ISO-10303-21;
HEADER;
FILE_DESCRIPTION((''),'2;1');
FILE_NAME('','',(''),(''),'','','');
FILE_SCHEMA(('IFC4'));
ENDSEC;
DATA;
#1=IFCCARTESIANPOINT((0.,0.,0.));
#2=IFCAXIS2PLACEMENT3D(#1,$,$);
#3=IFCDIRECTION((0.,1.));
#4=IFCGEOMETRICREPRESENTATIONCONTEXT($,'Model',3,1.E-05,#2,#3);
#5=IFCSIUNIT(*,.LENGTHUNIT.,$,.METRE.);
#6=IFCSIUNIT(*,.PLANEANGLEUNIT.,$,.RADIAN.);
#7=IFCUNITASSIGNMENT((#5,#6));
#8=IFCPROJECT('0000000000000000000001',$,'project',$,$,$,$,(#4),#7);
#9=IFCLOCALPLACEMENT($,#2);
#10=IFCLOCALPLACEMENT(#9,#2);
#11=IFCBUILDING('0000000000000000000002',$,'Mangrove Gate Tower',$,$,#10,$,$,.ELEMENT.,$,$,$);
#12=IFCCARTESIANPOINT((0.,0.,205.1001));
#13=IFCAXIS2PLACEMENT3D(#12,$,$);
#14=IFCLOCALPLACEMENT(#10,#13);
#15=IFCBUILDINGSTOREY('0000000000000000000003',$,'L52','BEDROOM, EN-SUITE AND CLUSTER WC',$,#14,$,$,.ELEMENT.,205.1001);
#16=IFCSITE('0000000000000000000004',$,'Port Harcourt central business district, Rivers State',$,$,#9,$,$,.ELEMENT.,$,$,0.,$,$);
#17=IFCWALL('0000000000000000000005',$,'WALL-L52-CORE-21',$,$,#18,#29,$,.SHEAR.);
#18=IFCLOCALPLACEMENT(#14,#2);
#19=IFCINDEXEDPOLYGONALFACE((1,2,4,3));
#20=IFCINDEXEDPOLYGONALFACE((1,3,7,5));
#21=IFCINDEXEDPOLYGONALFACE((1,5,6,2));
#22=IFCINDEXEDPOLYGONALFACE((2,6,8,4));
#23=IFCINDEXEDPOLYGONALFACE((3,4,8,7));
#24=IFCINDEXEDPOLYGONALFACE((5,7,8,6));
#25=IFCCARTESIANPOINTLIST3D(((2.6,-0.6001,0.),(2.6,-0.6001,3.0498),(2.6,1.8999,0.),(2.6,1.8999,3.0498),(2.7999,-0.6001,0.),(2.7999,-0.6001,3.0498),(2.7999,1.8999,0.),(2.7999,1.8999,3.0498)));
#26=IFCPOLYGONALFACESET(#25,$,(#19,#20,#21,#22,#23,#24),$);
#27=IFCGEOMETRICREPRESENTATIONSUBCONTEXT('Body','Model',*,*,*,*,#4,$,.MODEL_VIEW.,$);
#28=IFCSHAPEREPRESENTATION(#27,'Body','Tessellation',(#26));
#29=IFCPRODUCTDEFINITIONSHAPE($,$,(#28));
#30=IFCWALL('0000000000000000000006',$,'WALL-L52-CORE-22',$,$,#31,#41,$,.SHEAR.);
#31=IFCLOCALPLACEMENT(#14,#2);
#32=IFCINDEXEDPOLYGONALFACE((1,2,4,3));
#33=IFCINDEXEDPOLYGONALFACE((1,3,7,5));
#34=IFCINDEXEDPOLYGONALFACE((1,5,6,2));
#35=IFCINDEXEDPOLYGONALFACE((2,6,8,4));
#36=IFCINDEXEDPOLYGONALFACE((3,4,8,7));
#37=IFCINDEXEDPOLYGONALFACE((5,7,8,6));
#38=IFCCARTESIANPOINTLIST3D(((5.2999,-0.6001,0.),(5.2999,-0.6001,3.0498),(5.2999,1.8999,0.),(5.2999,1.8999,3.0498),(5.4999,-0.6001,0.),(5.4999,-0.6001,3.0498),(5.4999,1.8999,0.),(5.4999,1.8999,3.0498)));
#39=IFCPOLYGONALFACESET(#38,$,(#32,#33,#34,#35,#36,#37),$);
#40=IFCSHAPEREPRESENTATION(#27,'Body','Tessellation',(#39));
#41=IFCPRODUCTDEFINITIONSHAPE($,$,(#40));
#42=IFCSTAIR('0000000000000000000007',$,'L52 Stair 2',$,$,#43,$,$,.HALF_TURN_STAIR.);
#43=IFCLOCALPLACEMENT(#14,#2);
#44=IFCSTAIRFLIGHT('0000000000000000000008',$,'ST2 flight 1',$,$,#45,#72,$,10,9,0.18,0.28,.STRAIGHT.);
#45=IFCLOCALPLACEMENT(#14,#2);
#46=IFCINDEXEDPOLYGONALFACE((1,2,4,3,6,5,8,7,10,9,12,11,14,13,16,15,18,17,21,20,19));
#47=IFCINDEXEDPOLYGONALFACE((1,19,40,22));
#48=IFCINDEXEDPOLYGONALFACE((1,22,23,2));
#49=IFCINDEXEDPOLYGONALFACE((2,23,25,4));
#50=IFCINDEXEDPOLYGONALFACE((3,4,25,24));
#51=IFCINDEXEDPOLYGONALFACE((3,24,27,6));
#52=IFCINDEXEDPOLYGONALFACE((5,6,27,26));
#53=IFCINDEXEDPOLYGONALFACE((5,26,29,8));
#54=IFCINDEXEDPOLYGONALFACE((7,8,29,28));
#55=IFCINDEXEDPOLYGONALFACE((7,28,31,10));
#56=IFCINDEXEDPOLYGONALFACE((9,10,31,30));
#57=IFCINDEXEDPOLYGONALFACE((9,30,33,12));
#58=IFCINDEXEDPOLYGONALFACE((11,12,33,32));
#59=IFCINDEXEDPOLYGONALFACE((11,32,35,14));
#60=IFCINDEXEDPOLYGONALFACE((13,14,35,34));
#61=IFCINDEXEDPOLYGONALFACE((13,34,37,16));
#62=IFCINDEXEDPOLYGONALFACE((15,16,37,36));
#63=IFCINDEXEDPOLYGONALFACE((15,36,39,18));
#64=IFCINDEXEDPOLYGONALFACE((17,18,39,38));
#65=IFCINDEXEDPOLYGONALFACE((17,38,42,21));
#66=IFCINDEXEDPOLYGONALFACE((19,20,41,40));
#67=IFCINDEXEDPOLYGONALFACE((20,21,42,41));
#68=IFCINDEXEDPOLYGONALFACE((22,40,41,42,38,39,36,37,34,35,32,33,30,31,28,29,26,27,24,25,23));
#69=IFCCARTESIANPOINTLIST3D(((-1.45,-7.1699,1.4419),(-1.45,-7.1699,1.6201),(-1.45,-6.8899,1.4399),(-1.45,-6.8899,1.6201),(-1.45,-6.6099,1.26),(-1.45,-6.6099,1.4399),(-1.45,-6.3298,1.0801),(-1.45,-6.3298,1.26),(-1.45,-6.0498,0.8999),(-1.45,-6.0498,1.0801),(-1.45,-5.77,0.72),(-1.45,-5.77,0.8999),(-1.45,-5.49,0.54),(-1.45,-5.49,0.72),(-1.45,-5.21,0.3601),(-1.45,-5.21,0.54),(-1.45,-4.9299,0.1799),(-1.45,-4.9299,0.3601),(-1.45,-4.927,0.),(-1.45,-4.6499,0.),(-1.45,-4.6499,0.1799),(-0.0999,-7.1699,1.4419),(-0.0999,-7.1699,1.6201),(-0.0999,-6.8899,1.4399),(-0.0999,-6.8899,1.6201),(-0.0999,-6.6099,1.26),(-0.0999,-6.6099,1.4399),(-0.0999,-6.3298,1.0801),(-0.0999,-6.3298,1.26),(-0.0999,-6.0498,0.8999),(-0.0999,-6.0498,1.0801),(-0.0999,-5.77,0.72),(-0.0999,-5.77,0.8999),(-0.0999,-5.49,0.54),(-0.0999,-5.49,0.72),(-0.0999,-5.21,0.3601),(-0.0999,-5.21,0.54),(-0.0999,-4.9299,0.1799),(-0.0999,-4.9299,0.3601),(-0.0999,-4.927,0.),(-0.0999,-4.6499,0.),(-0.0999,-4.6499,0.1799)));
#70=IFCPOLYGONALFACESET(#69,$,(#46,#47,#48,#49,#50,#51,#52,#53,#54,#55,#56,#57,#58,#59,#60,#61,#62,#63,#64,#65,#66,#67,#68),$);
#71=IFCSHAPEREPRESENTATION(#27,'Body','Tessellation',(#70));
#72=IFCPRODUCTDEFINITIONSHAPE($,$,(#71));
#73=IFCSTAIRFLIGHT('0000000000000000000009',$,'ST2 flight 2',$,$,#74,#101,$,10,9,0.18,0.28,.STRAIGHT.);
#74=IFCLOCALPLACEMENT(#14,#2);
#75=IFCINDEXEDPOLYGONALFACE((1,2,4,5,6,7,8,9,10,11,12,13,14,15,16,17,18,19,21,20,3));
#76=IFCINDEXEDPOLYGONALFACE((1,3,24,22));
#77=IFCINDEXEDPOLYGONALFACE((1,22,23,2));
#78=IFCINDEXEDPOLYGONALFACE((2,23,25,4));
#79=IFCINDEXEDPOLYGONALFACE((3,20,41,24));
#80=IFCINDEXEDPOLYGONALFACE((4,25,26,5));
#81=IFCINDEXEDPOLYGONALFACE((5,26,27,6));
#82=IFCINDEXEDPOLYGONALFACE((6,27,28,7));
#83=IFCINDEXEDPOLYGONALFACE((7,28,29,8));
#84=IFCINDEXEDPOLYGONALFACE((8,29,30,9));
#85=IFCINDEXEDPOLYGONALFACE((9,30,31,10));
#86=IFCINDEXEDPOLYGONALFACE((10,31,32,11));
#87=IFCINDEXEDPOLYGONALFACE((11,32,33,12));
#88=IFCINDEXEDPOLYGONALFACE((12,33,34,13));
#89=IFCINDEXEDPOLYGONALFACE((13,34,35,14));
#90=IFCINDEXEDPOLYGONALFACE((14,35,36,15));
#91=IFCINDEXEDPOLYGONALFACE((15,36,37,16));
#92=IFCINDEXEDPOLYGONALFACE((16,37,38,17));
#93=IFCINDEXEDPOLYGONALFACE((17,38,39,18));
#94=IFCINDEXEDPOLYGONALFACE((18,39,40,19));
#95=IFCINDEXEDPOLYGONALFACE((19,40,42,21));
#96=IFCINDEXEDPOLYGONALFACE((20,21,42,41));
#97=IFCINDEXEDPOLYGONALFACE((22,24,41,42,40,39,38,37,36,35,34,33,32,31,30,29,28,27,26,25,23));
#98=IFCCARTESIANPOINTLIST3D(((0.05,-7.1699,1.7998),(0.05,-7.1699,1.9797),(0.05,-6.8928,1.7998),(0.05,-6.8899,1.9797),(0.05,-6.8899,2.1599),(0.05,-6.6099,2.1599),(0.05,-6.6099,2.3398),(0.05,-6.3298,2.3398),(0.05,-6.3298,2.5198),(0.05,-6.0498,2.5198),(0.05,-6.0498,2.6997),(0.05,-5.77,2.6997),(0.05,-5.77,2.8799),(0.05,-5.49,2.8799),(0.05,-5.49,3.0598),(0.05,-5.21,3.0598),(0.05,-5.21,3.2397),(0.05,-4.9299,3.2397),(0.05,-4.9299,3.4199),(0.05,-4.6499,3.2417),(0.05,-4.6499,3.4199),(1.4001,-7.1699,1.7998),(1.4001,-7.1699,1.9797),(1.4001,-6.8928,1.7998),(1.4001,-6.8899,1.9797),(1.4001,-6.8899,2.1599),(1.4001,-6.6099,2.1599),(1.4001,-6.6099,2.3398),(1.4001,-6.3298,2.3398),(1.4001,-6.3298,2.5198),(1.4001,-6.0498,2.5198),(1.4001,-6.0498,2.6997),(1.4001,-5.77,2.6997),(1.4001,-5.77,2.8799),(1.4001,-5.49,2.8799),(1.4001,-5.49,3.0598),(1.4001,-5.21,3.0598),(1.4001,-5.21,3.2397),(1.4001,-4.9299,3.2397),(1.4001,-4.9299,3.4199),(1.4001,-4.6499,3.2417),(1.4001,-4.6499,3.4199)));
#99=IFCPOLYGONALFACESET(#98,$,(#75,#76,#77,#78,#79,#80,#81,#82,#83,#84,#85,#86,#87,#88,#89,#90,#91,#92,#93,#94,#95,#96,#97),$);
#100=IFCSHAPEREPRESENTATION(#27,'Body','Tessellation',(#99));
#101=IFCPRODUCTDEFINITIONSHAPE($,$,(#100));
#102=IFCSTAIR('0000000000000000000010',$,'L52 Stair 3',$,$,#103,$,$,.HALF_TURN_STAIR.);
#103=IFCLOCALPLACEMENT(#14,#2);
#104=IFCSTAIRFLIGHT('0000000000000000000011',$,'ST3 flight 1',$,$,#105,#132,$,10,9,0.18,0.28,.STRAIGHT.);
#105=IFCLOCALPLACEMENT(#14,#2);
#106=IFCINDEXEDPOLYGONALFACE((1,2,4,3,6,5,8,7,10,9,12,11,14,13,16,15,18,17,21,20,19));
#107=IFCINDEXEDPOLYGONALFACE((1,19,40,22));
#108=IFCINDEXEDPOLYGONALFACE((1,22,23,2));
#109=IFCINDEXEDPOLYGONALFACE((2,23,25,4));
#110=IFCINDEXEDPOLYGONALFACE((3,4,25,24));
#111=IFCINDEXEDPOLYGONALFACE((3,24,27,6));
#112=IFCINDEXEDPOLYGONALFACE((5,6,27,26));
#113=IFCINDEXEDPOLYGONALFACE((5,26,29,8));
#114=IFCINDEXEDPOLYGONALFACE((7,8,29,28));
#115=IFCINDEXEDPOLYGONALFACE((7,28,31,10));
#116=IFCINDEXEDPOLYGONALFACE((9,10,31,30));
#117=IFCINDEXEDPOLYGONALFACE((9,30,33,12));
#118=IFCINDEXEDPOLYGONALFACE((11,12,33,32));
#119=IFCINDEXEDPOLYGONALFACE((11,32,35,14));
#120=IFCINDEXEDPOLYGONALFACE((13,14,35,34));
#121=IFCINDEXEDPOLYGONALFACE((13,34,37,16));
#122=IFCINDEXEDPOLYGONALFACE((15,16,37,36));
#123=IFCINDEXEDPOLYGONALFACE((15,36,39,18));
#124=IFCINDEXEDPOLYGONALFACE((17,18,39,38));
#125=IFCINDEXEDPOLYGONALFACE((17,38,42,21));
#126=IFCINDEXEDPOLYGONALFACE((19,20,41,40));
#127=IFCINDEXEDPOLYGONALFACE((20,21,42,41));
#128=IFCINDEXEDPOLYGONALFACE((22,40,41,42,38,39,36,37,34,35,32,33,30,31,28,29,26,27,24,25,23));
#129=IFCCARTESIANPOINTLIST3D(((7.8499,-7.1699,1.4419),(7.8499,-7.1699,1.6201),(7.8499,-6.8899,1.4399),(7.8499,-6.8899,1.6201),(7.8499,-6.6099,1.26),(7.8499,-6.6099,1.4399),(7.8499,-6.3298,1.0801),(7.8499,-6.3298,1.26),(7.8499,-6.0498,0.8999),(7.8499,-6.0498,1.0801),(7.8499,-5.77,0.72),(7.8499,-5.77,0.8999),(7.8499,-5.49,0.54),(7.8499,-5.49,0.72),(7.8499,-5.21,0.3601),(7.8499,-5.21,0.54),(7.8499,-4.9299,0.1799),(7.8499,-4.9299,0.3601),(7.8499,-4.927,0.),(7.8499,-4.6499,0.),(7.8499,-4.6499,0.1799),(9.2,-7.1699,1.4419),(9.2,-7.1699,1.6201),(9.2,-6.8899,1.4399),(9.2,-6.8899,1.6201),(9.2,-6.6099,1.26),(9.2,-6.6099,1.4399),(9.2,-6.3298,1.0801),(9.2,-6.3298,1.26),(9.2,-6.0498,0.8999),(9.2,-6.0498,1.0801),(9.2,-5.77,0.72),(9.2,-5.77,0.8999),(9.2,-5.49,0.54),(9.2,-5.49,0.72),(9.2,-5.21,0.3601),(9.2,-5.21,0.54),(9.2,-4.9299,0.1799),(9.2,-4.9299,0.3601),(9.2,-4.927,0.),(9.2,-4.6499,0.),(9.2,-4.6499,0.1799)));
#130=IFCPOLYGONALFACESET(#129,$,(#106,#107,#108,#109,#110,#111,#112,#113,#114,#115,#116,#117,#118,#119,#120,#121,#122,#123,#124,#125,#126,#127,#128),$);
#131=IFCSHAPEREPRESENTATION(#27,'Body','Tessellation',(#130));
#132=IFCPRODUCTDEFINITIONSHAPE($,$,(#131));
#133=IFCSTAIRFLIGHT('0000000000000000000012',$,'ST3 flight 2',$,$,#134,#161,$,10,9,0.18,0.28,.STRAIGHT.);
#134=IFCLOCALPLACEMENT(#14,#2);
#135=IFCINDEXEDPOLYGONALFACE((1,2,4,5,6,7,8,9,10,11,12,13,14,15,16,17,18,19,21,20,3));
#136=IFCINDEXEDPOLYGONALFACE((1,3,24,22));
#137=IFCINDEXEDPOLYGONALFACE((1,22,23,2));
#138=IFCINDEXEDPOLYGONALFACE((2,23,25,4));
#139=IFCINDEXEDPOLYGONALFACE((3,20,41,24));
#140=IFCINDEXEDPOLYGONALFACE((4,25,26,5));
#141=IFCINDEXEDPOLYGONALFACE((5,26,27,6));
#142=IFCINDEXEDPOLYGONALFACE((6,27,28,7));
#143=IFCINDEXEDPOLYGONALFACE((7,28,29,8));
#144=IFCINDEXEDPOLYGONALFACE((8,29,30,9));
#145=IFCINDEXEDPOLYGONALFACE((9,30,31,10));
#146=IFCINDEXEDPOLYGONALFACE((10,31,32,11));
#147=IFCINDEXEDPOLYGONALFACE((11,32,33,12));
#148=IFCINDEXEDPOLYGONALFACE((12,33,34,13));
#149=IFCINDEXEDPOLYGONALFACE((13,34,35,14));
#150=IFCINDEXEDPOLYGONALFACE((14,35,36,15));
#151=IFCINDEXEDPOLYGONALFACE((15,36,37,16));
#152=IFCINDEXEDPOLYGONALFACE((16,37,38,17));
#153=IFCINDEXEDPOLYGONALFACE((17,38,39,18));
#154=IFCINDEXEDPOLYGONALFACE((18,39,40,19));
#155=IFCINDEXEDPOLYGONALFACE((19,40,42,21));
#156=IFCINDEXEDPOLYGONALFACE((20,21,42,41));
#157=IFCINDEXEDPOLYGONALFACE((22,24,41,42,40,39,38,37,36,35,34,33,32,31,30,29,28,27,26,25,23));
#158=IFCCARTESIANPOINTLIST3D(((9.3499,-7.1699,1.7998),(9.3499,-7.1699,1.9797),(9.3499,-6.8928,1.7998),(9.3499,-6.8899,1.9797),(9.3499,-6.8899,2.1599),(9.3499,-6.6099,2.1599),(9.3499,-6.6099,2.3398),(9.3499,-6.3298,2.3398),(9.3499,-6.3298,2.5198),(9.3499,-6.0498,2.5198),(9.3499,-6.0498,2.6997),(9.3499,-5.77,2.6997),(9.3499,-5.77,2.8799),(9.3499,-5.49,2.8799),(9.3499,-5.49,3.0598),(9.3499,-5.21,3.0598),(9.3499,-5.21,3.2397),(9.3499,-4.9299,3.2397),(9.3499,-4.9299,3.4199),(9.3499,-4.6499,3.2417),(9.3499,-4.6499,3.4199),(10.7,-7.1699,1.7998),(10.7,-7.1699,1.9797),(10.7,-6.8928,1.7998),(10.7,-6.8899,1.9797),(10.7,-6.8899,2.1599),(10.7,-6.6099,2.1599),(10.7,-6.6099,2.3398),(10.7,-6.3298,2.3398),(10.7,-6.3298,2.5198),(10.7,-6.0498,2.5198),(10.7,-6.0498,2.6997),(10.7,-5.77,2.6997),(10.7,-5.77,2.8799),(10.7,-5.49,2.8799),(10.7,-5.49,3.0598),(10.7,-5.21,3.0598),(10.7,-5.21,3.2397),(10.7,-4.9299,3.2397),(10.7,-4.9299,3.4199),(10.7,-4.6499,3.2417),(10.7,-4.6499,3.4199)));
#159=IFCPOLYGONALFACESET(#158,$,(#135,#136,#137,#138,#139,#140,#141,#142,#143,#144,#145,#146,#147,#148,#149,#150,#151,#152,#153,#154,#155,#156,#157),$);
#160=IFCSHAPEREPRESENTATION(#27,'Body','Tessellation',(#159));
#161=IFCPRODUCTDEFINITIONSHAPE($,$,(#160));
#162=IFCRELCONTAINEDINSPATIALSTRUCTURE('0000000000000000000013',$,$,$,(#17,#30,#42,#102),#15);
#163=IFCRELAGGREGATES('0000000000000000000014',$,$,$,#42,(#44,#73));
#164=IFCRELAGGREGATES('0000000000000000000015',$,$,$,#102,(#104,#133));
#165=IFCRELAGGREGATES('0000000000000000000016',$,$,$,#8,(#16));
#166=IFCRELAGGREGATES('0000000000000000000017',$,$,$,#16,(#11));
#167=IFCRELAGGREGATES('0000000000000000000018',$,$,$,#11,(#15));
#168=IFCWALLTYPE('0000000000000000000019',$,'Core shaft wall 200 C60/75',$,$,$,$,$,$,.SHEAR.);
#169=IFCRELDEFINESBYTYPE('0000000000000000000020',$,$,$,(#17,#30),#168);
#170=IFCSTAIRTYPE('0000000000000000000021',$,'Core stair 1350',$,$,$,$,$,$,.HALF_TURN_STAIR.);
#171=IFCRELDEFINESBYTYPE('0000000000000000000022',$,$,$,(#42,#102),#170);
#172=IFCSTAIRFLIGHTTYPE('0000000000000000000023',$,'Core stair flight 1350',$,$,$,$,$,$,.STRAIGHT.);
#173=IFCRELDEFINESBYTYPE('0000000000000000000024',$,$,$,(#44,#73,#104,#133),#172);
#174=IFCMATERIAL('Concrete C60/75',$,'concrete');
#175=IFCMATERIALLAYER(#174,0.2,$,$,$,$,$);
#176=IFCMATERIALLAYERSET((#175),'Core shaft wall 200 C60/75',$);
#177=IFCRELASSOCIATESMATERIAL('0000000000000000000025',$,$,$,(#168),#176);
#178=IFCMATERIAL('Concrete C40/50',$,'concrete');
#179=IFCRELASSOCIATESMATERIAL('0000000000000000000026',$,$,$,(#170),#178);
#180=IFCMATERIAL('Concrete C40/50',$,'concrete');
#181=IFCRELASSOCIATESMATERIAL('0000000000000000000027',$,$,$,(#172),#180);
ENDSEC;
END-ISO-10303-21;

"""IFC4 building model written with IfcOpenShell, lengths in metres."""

from ifc_helpers import new_model, si_unit, direction, frame, frame_2d, origin, place, context, subcontext, project, spatial, polyline, rectangle, outline, extrude, material, layer, layer_set, type_object, element, aggregate, save


model = new_model("IFC4")

# Units and contexts
model_context = context("Model", 3, precision=1e-05, world=origin(), true_north=direction((0.0, 1.0)))
body_context = subcontext(model_context, "Body", "Model", "MODEL_VIEW")
ifc_project = project(units=[si_unit("LENGTHUNIT", "METRE"), si_unit("PLANEANGLEUNIT", "RADIAN")], contexts=[model_context])

# Site, building, storey
site_placement = place(None, origin())
site = spatial("IfcSite", under=ifc_project, at=site_placement, Name="Port Harcourt central business district, Rivers State", CompositionType="ELEMENT", RefElevation=0.0)
building_placement = place(site_placement, origin())
building = spatial("IfcBuilding", under=site, at=building_placement, Name="Mangrove Gate Tower", CompositionType="ELEMENT")
storey_placement = place(building_placement, frame((0.0, 0.0, 205.1001)))
storey = spatial("IfcBuildingStorey", under=building, at=storey_placement, Name="L52", Description="BEDROOM, EN-SUITE AND CLUSTER WC", CompositionType="ELEMENT", Elevation=205.1001)

# Walls
ifc_material_1 = material(Name="Concrete C60/75", Category="concrete")
ifc_layer = layer(ifc_material_1, 0.2)
ifc_layer_set = layer_set([ifc_layer], Name="Core shaft wall 200 C60/75")
wall_type = type_object("IfcWallType", Name="Core shaft wall 200 C60/75", PredefinedType="SHEAR", material=ifc_layer_set)
for number, where, z_axis, x_axis, name in (
    (1, (2.7, -0.6001, 0.0), (0.0, 0.0, 1.0), (0.0, 1.0, 0.0), "WALL-L52-CORE-21"),
    (2, (5.3999, -0.6001, 0.0), (0.0, 0.0, 1.0), (0.0, 1.0, 0.0), "WALL-L52-CORE-22"),
):
    element("IfcWall", number, at=place(storey_placement, frame(where, z_axis=z_axis, x_axis=x_axis)), inside=storey, type_object=wall_type, Name=name, PredefinedType="SHEAR", context=body_context, shape_type="SweptSolid", body=[
        extrude(rectangle(XDim=2.5, YDim=0.2, at=frame_2d((1.25, 0.0))), origin(), (0.0, 0.0, 1.0), 3.0498),
    ])

# Stairs, stair flights
ifc_material_2 = material(Name="Concrete C40/50", Category="concrete")
stair_type = type_object("IfcStairType", Name="Core stair 1350", PredefinedType="HALF_TURN_STAIR", material=ifc_material_2)
stair_1_placement = place(storey_placement, origin())
stair_1 = element("IfcStair", 3, at=stair_1_placement, inside=storey, type_object=stair_type, Name="L52 Stair 2", PredefinedType="HALF_TURN_STAIR")
ifc_material_3 = material(Name="Concrete C40/50", Category="concrete")
stair_flight_type = type_object("IfcStairFlightType", Name="Core stair flight 1350", PredefinedType="STRAIGHT", material=ifc_material_3)
stair_flight_1_placement = place(storey_placement, frame((-0.7749, -4.6499, 0.0), z_axis=(0.0, 0.0, 1.0), x_axis=(0.0, -1.0, 0.0)))
stair_flight_1 = element("IfcStairFlight", 4, at=stair_flight_1_placement, type_object=stair_flight_type, Name="ST2 flight 1", NumberOfRisers=10, NumberOfTreads=9, PredefinedType="STRAIGHT", RiserHeight=0.18, TreadLength=0.28, context=body_context, shape_type="SweptSolid", body=[
    extrude(outline(polyline([(0.0, 0.0), (0.0, 0.1799), (0.28, 0.1799), (0.28, 0.3601), (0.5601, 0.3601), (0.5601, 0.54), (0.8401, 0.54), (0.8401, 0.72), (1.1201, 0.72), (1.1201, 0.8999), (1.3999, 0.8999), (1.3999, 1.0801), (1.6799, 1.0801), (1.6799, 1.26), (1.96, 1.26), (1.96, 1.4399), (2.24, 1.4399), (2.24, 1.6201), (2.52, 1.6201), (2.52, 1.8), (2.52, 1.4419), (0.2771, 0.0), (0.0, 0.0)])), frame((0.0, 0.675, 0.0), z_axis=(0.0, -1.0, 0.0), x_axis=(1.0, 0.0, 0.0)), (0.0, 0.0, 1.0), 1.3501),
])
stair_flight_2_placement = place(storey_placement, frame((0.7251, -7.1699, 1.7998), z_axis=(0.0, 0.0, 1.0), x_axis=(0.0, 1.0, 0.0)))
stair_flight_2 = element("IfcStairFlight", 5, at=stair_flight_2_placement, type_object=stair_flight_type, Name="ST2 flight 2", NumberOfRisers=10, NumberOfTreads=9, PredefinedType="STRAIGHT", RiserHeight=0.18, TreadLength=0.28, context=body_context, shape_type="SweptSolid", body=[
    extrude(outline(polyline([(0.0, 0.0), (0.0, 0.1799), (0.28, 0.1799), (0.28, 0.3601), (0.5601, 0.3601), (0.5601, 0.54), (0.8401, 0.54), (0.8401, 0.72), (1.1201, 0.72), (1.1201, 0.8999), (1.3999, 0.8999), (1.3999, 1.0801), (1.6799, 1.0801), (1.6799, 1.26), (1.96, 1.26), (1.96, 1.4399), (2.24, 1.4399), (2.24, 1.6201), (2.52, 1.6201), (2.52, 1.8), (2.52, 1.4419), (0.2771, 0.0), (0.0, 0.0)])), frame((0.0, 0.675, 0.0), z_axis=(0.0, -1.0, 0.0), x_axis=(1.0, 0.0, 0.0)), (0.0, 0.0, 1.0), 1.3501),
])
aggregate(stair_1, [stair_flight_1, stair_flight_2])
stair_2_placement = place(storey_placement, origin())
stair_2 = element("IfcStair", 6, at=stair_2_placement, inside=storey, type_object=stair_type, Name="L52 Stair 3", PredefinedType="HALF_TURN_STAIR")
stair_flight_3_placement = place(storey_placement, frame((8.5249, -4.6499, 0.0), z_axis=(0.0, 0.0, 1.0), x_axis=(0.0, -1.0, 0.0)))
stair_flight_3 = element("IfcStairFlight", 7, at=stair_flight_3_placement, type_object=stair_flight_type, Name="ST3 flight 1", NumberOfRisers=10, NumberOfTreads=9, PredefinedType="STRAIGHT", RiserHeight=0.18, TreadLength=0.28, context=body_context, shape_type="SweptSolid", body=[
    extrude(outline(polyline([(0.0, 0.0), (0.0, 0.1799), (0.28, 0.1799), (0.28, 0.3601), (0.5601, 0.3601), (0.5601, 0.54), (0.8401, 0.54), (0.8401, 0.72), (1.1201, 0.72), (1.1201, 0.8999), (1.3999, 0.8999), (1.3999, 1.0801), (1.6799, 1.0801), (1.6799, 1.26), (1.96, 1.26), (1.96, 1.4399), (2.24, 1.4399), (2.24, 1.6201), (2.52, 1.6201), (2.52, 1.8), (2.52, 1.4419), (0.2771, 0.0), (0.0, 0.0)])), frame((0.0, 0.675, 0.0), z_axis=(0.0, -1.0, 0.0), x_axis=(1.0, 0.0, 0.0)), (0.0, 0.0, 1.0), 1.3501),
])
stair_flight_4_placement = place(storey_placement, frame((10.0249, -7.1699, 1.7998), z_axis=(0.0, 0.0, 1.0), x_axis=(0.0, 1.0, 0.0)))
stair_flight_4 = element("IfcStairFlight", 8, at=stair_flight_4_placement, type_object=stair_flight_type, Name="ST3 flight 2", NumberOfRisers=10, NumberOfTreads=9, PredefinedType="STRAIGHT", RiserHeight=0.18, TreadLength=0.28, context=body_context, shape_type="SweptSolid", body=[
    extrude(outline(polyline([(0.0, 0.0), (0.0, 0.1799), (0.28, 0.1799), (0.28, 0.3601), (0.5601, 0.3601), (0.5601, 0.54), (0.8401, 0.54), (0.8401, 0.72), (1.1201, 0.72), (1.1201, 0.8999), (1.3999, 0.8999), (1.3999, 1.0801), (1.6799, 1.0801), (1.6799, 1.26), (1.96, 1.26), (1.96, 1.4399), (2.24, 1.4399), (2.24, 1.6201), (2.52, 1.6201), (2.52, 1.8), (2.52, 1.4419), (0.2771, 0.0), (0.0, 0.0)])), frame((0.0, 0.675, 0.0), z_axis=(0.0, -1.0, 0.0), x_axis=(1.0, 0.0, 0.0)), (0.0, 0.0, 1.0), 1.3501),
])
aggregate(stair_2, [stair_flight_3, stair_flight_4])

save(model, "model.ifc")
